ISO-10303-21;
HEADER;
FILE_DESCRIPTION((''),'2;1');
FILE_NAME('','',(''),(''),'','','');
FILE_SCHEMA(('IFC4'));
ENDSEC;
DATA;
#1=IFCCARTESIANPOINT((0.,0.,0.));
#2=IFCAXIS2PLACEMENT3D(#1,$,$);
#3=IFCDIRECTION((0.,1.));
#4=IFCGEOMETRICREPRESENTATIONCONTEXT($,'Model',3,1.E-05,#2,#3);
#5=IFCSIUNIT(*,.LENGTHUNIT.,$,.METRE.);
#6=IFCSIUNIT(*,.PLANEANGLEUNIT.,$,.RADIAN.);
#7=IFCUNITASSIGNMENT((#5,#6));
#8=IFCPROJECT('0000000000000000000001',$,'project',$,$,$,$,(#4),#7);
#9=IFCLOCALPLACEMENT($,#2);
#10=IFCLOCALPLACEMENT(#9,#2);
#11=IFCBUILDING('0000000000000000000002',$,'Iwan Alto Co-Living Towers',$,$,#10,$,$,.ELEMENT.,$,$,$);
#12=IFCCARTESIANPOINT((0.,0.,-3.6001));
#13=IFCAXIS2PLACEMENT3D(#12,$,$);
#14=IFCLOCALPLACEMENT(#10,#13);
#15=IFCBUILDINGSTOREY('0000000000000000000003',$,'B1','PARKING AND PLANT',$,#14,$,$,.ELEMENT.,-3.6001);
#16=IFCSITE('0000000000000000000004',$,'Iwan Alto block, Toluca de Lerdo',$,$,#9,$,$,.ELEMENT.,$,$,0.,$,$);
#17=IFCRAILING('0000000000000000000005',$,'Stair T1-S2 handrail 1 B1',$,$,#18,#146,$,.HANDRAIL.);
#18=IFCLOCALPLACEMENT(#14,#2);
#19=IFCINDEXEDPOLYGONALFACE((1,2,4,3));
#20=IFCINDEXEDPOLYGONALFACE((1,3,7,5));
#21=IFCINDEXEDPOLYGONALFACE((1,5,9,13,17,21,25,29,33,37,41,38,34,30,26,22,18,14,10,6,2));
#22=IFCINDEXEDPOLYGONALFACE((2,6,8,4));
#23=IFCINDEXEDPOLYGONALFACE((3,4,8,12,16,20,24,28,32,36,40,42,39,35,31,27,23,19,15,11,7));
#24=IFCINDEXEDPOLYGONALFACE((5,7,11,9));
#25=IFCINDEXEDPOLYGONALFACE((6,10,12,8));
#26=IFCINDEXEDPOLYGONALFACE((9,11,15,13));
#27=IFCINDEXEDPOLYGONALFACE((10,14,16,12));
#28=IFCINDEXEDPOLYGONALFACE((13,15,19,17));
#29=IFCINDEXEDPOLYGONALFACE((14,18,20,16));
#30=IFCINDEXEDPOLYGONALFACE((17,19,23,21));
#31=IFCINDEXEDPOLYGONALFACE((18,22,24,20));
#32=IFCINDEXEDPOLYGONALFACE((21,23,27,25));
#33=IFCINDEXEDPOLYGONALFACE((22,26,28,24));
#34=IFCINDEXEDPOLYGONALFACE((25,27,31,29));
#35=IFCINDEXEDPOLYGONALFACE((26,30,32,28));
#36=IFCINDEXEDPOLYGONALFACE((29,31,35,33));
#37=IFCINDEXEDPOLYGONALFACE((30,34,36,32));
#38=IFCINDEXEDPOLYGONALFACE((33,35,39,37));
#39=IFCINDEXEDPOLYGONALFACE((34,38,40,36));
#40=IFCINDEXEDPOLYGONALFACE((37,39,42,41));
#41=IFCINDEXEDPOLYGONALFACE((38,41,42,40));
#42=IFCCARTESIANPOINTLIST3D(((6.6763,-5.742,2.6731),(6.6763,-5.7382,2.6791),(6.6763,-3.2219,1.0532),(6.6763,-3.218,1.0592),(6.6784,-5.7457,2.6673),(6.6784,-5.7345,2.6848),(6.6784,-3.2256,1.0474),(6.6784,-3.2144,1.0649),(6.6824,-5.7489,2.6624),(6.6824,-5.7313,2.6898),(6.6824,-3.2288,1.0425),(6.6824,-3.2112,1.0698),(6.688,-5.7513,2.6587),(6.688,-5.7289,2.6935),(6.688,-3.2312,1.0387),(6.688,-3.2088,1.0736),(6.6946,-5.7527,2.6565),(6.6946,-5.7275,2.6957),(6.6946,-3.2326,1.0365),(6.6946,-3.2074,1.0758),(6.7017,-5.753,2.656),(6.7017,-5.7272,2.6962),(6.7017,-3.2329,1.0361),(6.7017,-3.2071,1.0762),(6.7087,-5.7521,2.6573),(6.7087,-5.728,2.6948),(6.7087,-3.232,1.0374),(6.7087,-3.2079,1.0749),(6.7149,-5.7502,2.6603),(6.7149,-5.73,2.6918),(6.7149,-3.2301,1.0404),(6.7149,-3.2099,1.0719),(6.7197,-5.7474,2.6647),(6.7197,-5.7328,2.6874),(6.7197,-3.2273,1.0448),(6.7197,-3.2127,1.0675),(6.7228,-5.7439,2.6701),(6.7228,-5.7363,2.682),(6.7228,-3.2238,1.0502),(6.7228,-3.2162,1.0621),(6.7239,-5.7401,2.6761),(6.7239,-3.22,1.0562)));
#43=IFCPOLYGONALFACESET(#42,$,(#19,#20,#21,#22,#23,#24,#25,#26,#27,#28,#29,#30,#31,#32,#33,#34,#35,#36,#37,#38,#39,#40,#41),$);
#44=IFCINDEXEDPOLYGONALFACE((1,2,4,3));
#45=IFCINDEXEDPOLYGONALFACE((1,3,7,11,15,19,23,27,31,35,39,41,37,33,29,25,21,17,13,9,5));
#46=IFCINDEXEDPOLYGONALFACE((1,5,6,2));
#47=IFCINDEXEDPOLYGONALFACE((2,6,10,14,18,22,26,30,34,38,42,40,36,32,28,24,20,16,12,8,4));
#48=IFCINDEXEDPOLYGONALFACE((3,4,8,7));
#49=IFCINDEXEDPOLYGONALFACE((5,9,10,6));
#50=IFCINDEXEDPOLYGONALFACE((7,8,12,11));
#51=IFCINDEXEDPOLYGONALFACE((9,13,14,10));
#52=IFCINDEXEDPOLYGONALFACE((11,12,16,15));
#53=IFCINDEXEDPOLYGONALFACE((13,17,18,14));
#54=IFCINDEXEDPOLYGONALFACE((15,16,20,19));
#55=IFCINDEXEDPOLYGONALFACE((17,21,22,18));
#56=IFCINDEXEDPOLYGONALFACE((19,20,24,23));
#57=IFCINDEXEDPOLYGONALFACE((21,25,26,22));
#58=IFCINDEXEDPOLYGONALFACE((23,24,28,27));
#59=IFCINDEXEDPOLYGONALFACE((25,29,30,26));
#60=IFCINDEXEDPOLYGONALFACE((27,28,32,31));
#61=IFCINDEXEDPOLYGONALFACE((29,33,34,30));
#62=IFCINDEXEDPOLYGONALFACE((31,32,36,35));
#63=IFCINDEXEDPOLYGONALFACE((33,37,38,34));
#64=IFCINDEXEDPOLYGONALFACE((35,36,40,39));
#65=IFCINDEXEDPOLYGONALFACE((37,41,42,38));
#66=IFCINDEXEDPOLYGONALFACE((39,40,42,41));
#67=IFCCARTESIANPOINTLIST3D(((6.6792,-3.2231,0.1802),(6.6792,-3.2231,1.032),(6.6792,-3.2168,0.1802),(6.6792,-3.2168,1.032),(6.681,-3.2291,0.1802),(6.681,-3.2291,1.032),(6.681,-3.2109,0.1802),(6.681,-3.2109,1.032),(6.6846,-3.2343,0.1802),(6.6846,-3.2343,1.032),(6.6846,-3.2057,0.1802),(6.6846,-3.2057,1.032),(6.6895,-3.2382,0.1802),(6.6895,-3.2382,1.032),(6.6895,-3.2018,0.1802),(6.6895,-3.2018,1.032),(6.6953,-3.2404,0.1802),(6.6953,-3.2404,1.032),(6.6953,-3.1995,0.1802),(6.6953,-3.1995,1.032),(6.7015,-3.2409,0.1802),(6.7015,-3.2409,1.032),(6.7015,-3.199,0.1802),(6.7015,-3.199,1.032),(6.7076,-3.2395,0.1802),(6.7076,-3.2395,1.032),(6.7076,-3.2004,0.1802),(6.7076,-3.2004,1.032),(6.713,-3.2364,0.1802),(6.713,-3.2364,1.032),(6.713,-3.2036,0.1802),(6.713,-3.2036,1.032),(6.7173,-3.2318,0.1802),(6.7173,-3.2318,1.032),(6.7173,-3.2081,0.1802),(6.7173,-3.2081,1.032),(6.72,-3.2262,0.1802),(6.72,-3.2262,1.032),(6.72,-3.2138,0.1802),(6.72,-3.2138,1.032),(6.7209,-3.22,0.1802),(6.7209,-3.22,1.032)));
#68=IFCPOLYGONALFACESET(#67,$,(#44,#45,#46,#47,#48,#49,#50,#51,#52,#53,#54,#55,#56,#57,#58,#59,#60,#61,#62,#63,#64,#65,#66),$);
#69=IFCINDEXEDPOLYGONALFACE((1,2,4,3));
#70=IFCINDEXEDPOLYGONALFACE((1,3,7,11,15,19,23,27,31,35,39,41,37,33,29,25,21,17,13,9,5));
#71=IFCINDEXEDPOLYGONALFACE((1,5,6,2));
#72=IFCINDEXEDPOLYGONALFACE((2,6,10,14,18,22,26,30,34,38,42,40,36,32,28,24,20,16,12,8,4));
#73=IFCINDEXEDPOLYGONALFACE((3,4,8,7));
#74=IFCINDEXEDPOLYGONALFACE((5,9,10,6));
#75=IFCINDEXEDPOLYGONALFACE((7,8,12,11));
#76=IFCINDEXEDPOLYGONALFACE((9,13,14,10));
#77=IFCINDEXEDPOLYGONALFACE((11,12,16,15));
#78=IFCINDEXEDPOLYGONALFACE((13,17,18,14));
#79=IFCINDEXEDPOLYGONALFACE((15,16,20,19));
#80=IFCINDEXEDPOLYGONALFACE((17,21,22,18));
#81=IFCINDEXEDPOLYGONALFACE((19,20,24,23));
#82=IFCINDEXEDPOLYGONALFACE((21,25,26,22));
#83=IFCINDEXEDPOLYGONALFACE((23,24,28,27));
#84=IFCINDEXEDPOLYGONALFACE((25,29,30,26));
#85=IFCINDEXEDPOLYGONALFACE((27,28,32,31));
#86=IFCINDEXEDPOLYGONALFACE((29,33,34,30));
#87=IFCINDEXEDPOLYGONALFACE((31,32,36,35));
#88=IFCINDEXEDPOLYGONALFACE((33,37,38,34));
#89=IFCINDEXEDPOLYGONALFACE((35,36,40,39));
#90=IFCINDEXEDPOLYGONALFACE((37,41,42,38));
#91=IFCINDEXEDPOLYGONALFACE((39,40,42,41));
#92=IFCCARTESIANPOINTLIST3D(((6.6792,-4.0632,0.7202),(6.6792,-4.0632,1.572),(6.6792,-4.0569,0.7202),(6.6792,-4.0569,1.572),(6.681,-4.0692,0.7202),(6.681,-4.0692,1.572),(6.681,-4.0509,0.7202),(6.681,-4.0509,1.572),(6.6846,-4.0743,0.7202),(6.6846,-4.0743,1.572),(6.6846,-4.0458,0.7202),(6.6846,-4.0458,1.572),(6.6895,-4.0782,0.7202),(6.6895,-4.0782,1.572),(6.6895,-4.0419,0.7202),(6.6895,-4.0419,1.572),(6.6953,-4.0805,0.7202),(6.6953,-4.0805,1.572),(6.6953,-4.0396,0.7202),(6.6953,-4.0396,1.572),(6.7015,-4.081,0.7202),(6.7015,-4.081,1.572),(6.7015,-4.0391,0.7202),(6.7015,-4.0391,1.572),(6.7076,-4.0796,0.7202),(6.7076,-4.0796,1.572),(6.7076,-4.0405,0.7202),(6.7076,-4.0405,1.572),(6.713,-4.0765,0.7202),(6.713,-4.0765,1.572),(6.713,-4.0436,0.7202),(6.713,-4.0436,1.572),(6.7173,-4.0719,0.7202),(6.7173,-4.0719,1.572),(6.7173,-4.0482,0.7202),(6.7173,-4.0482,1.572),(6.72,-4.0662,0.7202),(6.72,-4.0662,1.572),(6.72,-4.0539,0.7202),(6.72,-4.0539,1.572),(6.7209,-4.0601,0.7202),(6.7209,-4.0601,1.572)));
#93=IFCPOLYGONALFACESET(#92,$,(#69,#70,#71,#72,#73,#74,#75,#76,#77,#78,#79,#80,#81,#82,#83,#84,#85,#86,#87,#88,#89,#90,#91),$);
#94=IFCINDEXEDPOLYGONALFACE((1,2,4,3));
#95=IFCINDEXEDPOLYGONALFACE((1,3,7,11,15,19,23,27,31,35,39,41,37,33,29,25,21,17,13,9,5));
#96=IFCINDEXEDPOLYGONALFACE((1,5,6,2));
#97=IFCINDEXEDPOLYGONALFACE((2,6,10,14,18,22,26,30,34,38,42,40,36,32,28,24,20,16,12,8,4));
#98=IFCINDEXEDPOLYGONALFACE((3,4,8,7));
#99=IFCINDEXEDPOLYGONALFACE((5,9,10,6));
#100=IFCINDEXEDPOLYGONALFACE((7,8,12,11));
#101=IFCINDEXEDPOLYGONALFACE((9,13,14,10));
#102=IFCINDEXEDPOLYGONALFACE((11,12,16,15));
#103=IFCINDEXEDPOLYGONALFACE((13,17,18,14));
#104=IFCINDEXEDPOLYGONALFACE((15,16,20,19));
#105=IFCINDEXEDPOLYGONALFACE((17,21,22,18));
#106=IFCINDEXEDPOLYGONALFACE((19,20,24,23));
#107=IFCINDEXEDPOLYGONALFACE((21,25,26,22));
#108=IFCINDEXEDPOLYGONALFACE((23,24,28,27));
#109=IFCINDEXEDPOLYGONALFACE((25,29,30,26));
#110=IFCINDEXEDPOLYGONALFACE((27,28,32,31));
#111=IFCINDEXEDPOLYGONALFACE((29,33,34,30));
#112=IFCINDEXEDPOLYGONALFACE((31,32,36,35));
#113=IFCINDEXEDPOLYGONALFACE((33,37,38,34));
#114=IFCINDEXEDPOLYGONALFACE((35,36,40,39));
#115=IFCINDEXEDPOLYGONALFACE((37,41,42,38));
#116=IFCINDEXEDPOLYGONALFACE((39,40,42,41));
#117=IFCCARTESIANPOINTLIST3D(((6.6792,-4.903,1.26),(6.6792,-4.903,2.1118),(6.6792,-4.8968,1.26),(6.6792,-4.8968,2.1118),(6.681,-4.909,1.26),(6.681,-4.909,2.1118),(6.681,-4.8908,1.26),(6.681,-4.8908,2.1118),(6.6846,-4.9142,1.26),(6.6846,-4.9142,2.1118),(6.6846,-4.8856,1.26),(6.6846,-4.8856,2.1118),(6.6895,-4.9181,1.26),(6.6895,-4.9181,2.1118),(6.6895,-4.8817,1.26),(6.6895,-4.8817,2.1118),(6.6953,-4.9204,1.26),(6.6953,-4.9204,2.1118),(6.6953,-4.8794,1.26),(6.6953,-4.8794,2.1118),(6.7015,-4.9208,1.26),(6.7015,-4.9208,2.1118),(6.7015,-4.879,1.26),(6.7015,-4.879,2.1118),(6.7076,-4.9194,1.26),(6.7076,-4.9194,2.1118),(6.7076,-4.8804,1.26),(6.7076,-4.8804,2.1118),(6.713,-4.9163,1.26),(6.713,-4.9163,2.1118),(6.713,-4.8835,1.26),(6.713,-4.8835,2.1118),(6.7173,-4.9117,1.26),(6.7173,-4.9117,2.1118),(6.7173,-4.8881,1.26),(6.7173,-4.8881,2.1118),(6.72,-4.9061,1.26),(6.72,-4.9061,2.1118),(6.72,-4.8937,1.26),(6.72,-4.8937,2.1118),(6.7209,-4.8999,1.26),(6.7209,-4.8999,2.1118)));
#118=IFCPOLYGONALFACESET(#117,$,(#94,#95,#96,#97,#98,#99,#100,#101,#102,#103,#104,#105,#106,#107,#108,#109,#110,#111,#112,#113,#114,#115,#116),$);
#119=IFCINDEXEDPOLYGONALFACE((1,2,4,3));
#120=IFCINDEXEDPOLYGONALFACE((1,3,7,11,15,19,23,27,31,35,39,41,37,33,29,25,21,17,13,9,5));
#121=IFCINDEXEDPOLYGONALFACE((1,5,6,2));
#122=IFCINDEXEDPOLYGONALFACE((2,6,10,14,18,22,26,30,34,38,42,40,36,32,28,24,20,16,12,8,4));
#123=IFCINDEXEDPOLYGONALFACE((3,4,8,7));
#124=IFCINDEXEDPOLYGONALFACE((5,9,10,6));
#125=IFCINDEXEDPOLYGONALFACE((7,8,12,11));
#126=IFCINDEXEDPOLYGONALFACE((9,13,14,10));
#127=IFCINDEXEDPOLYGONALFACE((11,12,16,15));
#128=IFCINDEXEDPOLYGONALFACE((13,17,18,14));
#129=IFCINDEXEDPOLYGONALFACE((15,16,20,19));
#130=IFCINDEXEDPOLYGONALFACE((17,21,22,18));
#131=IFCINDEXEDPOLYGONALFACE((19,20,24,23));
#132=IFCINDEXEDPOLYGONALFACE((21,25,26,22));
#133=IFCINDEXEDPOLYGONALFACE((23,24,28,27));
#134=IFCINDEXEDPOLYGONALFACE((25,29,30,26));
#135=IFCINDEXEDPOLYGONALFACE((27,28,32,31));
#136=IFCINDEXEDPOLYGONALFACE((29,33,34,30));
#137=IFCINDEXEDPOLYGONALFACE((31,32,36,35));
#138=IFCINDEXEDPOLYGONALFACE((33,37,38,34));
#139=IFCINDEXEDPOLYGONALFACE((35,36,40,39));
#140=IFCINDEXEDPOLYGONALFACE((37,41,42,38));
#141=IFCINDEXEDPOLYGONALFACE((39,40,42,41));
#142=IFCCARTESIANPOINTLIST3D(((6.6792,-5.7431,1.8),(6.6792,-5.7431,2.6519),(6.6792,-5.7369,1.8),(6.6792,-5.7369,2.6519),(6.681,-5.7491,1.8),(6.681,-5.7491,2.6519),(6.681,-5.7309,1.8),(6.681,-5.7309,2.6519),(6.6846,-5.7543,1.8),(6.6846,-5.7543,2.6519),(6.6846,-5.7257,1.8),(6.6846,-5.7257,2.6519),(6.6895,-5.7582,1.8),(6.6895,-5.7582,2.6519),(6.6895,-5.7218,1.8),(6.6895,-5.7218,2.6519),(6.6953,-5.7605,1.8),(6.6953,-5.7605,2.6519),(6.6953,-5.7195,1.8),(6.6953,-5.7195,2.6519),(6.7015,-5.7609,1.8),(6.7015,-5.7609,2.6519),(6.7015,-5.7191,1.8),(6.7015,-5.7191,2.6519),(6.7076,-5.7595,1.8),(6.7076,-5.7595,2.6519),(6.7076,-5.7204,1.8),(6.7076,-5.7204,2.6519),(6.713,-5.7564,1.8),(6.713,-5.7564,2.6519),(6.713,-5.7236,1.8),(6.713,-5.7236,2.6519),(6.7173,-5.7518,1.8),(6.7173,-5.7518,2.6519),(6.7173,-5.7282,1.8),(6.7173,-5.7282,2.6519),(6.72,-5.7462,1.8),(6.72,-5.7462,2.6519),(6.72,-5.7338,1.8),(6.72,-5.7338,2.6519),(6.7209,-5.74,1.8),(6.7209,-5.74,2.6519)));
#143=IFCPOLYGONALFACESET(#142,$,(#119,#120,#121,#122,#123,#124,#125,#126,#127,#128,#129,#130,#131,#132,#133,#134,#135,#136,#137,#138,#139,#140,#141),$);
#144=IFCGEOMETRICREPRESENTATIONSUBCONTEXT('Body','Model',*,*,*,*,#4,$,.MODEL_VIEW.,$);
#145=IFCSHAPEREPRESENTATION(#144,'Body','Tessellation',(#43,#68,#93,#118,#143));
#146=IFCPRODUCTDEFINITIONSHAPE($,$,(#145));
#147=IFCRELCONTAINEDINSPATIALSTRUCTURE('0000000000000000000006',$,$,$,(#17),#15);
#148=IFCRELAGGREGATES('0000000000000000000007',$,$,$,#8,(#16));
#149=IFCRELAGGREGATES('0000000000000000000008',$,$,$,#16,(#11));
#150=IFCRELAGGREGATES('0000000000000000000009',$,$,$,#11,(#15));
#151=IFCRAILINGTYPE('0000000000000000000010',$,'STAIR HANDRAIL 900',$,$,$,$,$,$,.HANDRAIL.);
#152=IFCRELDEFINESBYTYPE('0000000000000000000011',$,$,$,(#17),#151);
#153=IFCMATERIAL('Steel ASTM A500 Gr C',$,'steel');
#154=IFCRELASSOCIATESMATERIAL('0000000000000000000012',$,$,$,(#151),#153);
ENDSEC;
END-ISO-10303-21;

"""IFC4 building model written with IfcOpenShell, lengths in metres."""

from ifc_helpers import new_model, si_unit, direction, frame, origin, origin_2d, place, context, subcontext, project, spatial, circle, extrude, material, type_object, element, save


model = new_model("IFC4")

# Units and contexts
model_context = context("Model", 3, precision=1e-05, world=origin(), true_north=direction((0.0, 1.0)))
body_context = subcontext(model_context, "Body", "Model", "MODEL_VIEW")
ifc_project = project(units=[si_unit("LENGTHUNIT", "METRE"), si_unit("PLANEANGLEUNIT", "RADIAN")], contexts=[model_context])

# Site, building, storey
site_placement = place(None, origin())
site = spatial("IfcSite", under=ifc_project, at=site_placement, Name="Iwan Alto block, Toluca de Lerdo", CompositionType="ELEMENT", RefElevation=0.0)
building_placement = place(site_placement, origin())
building = spatial("IfcBuilding", under=site, at=building_placement, Name="Iwan Alto Co-Living Towers", CompositionType="ELEMENT")
storey_placement = place(building_placement, frame((0.0, 0.0, -3.6001)))
storey = spatial("IfcBuildingStorey", under=building, at=storey_placement, Name="B1", Description="PARKING AND PLANT", CompositionType="ELEMENT", Elevation=-3.6001)

# Railing
ifc_material_1 = material(Name="Steel ASTM A500 Gr C", Category="steel")
railing_type_1 = type_object("IfcRailingType", Name="STAIR HANDRAIL 900", PredefinedType="HANDRAIL", material=ifc_material_1)
railing_1_placement = place(storey_placement, frame((6.7, -3.22, 0.1802)))
element("IfcRailing", 1, at=railing_1_placement, inside=storey, type_object=railing_type_1, Name="Stair T1-S2 handrail 1 B1", PredefinedType="HANDRAIL", context=body_context, shape_type="SweptSolid", body=[
    extrude(circle(Radius=0.0239, at=origin_2d()), frame((0.0, 0.0, 0.876), z_axis=(0.0, -0.8412, 0.540725), x_axis=(1.0, 0.0, 0.0)), (0.0, 0.0, 1.0), 2.9958),
    extrude(circle(Radius=0.021, at=origin_2d()), origin(), (0.0, 0.0, 1.0), 0.8518),
    extrude(circle(Radius=0.021, at=origin_2d()), frame((0.0, -0.8401, 0.54)), (0.0, 0.0, 1.0), 0.8518),
    extrude(circle(Radius=0.021, at=origin_2d()), frame((0.0, -1.6799, 1.0798)), (0.0, 0.0, 1.0), 0.8518),
    extrude(circle(Radius=0.021, at=origin_2d()), frame((0.0, -2.52, 1.6199)), (0.0, 0.0, 1.0), 0.8518),
])

save(model, "model.ifc")
